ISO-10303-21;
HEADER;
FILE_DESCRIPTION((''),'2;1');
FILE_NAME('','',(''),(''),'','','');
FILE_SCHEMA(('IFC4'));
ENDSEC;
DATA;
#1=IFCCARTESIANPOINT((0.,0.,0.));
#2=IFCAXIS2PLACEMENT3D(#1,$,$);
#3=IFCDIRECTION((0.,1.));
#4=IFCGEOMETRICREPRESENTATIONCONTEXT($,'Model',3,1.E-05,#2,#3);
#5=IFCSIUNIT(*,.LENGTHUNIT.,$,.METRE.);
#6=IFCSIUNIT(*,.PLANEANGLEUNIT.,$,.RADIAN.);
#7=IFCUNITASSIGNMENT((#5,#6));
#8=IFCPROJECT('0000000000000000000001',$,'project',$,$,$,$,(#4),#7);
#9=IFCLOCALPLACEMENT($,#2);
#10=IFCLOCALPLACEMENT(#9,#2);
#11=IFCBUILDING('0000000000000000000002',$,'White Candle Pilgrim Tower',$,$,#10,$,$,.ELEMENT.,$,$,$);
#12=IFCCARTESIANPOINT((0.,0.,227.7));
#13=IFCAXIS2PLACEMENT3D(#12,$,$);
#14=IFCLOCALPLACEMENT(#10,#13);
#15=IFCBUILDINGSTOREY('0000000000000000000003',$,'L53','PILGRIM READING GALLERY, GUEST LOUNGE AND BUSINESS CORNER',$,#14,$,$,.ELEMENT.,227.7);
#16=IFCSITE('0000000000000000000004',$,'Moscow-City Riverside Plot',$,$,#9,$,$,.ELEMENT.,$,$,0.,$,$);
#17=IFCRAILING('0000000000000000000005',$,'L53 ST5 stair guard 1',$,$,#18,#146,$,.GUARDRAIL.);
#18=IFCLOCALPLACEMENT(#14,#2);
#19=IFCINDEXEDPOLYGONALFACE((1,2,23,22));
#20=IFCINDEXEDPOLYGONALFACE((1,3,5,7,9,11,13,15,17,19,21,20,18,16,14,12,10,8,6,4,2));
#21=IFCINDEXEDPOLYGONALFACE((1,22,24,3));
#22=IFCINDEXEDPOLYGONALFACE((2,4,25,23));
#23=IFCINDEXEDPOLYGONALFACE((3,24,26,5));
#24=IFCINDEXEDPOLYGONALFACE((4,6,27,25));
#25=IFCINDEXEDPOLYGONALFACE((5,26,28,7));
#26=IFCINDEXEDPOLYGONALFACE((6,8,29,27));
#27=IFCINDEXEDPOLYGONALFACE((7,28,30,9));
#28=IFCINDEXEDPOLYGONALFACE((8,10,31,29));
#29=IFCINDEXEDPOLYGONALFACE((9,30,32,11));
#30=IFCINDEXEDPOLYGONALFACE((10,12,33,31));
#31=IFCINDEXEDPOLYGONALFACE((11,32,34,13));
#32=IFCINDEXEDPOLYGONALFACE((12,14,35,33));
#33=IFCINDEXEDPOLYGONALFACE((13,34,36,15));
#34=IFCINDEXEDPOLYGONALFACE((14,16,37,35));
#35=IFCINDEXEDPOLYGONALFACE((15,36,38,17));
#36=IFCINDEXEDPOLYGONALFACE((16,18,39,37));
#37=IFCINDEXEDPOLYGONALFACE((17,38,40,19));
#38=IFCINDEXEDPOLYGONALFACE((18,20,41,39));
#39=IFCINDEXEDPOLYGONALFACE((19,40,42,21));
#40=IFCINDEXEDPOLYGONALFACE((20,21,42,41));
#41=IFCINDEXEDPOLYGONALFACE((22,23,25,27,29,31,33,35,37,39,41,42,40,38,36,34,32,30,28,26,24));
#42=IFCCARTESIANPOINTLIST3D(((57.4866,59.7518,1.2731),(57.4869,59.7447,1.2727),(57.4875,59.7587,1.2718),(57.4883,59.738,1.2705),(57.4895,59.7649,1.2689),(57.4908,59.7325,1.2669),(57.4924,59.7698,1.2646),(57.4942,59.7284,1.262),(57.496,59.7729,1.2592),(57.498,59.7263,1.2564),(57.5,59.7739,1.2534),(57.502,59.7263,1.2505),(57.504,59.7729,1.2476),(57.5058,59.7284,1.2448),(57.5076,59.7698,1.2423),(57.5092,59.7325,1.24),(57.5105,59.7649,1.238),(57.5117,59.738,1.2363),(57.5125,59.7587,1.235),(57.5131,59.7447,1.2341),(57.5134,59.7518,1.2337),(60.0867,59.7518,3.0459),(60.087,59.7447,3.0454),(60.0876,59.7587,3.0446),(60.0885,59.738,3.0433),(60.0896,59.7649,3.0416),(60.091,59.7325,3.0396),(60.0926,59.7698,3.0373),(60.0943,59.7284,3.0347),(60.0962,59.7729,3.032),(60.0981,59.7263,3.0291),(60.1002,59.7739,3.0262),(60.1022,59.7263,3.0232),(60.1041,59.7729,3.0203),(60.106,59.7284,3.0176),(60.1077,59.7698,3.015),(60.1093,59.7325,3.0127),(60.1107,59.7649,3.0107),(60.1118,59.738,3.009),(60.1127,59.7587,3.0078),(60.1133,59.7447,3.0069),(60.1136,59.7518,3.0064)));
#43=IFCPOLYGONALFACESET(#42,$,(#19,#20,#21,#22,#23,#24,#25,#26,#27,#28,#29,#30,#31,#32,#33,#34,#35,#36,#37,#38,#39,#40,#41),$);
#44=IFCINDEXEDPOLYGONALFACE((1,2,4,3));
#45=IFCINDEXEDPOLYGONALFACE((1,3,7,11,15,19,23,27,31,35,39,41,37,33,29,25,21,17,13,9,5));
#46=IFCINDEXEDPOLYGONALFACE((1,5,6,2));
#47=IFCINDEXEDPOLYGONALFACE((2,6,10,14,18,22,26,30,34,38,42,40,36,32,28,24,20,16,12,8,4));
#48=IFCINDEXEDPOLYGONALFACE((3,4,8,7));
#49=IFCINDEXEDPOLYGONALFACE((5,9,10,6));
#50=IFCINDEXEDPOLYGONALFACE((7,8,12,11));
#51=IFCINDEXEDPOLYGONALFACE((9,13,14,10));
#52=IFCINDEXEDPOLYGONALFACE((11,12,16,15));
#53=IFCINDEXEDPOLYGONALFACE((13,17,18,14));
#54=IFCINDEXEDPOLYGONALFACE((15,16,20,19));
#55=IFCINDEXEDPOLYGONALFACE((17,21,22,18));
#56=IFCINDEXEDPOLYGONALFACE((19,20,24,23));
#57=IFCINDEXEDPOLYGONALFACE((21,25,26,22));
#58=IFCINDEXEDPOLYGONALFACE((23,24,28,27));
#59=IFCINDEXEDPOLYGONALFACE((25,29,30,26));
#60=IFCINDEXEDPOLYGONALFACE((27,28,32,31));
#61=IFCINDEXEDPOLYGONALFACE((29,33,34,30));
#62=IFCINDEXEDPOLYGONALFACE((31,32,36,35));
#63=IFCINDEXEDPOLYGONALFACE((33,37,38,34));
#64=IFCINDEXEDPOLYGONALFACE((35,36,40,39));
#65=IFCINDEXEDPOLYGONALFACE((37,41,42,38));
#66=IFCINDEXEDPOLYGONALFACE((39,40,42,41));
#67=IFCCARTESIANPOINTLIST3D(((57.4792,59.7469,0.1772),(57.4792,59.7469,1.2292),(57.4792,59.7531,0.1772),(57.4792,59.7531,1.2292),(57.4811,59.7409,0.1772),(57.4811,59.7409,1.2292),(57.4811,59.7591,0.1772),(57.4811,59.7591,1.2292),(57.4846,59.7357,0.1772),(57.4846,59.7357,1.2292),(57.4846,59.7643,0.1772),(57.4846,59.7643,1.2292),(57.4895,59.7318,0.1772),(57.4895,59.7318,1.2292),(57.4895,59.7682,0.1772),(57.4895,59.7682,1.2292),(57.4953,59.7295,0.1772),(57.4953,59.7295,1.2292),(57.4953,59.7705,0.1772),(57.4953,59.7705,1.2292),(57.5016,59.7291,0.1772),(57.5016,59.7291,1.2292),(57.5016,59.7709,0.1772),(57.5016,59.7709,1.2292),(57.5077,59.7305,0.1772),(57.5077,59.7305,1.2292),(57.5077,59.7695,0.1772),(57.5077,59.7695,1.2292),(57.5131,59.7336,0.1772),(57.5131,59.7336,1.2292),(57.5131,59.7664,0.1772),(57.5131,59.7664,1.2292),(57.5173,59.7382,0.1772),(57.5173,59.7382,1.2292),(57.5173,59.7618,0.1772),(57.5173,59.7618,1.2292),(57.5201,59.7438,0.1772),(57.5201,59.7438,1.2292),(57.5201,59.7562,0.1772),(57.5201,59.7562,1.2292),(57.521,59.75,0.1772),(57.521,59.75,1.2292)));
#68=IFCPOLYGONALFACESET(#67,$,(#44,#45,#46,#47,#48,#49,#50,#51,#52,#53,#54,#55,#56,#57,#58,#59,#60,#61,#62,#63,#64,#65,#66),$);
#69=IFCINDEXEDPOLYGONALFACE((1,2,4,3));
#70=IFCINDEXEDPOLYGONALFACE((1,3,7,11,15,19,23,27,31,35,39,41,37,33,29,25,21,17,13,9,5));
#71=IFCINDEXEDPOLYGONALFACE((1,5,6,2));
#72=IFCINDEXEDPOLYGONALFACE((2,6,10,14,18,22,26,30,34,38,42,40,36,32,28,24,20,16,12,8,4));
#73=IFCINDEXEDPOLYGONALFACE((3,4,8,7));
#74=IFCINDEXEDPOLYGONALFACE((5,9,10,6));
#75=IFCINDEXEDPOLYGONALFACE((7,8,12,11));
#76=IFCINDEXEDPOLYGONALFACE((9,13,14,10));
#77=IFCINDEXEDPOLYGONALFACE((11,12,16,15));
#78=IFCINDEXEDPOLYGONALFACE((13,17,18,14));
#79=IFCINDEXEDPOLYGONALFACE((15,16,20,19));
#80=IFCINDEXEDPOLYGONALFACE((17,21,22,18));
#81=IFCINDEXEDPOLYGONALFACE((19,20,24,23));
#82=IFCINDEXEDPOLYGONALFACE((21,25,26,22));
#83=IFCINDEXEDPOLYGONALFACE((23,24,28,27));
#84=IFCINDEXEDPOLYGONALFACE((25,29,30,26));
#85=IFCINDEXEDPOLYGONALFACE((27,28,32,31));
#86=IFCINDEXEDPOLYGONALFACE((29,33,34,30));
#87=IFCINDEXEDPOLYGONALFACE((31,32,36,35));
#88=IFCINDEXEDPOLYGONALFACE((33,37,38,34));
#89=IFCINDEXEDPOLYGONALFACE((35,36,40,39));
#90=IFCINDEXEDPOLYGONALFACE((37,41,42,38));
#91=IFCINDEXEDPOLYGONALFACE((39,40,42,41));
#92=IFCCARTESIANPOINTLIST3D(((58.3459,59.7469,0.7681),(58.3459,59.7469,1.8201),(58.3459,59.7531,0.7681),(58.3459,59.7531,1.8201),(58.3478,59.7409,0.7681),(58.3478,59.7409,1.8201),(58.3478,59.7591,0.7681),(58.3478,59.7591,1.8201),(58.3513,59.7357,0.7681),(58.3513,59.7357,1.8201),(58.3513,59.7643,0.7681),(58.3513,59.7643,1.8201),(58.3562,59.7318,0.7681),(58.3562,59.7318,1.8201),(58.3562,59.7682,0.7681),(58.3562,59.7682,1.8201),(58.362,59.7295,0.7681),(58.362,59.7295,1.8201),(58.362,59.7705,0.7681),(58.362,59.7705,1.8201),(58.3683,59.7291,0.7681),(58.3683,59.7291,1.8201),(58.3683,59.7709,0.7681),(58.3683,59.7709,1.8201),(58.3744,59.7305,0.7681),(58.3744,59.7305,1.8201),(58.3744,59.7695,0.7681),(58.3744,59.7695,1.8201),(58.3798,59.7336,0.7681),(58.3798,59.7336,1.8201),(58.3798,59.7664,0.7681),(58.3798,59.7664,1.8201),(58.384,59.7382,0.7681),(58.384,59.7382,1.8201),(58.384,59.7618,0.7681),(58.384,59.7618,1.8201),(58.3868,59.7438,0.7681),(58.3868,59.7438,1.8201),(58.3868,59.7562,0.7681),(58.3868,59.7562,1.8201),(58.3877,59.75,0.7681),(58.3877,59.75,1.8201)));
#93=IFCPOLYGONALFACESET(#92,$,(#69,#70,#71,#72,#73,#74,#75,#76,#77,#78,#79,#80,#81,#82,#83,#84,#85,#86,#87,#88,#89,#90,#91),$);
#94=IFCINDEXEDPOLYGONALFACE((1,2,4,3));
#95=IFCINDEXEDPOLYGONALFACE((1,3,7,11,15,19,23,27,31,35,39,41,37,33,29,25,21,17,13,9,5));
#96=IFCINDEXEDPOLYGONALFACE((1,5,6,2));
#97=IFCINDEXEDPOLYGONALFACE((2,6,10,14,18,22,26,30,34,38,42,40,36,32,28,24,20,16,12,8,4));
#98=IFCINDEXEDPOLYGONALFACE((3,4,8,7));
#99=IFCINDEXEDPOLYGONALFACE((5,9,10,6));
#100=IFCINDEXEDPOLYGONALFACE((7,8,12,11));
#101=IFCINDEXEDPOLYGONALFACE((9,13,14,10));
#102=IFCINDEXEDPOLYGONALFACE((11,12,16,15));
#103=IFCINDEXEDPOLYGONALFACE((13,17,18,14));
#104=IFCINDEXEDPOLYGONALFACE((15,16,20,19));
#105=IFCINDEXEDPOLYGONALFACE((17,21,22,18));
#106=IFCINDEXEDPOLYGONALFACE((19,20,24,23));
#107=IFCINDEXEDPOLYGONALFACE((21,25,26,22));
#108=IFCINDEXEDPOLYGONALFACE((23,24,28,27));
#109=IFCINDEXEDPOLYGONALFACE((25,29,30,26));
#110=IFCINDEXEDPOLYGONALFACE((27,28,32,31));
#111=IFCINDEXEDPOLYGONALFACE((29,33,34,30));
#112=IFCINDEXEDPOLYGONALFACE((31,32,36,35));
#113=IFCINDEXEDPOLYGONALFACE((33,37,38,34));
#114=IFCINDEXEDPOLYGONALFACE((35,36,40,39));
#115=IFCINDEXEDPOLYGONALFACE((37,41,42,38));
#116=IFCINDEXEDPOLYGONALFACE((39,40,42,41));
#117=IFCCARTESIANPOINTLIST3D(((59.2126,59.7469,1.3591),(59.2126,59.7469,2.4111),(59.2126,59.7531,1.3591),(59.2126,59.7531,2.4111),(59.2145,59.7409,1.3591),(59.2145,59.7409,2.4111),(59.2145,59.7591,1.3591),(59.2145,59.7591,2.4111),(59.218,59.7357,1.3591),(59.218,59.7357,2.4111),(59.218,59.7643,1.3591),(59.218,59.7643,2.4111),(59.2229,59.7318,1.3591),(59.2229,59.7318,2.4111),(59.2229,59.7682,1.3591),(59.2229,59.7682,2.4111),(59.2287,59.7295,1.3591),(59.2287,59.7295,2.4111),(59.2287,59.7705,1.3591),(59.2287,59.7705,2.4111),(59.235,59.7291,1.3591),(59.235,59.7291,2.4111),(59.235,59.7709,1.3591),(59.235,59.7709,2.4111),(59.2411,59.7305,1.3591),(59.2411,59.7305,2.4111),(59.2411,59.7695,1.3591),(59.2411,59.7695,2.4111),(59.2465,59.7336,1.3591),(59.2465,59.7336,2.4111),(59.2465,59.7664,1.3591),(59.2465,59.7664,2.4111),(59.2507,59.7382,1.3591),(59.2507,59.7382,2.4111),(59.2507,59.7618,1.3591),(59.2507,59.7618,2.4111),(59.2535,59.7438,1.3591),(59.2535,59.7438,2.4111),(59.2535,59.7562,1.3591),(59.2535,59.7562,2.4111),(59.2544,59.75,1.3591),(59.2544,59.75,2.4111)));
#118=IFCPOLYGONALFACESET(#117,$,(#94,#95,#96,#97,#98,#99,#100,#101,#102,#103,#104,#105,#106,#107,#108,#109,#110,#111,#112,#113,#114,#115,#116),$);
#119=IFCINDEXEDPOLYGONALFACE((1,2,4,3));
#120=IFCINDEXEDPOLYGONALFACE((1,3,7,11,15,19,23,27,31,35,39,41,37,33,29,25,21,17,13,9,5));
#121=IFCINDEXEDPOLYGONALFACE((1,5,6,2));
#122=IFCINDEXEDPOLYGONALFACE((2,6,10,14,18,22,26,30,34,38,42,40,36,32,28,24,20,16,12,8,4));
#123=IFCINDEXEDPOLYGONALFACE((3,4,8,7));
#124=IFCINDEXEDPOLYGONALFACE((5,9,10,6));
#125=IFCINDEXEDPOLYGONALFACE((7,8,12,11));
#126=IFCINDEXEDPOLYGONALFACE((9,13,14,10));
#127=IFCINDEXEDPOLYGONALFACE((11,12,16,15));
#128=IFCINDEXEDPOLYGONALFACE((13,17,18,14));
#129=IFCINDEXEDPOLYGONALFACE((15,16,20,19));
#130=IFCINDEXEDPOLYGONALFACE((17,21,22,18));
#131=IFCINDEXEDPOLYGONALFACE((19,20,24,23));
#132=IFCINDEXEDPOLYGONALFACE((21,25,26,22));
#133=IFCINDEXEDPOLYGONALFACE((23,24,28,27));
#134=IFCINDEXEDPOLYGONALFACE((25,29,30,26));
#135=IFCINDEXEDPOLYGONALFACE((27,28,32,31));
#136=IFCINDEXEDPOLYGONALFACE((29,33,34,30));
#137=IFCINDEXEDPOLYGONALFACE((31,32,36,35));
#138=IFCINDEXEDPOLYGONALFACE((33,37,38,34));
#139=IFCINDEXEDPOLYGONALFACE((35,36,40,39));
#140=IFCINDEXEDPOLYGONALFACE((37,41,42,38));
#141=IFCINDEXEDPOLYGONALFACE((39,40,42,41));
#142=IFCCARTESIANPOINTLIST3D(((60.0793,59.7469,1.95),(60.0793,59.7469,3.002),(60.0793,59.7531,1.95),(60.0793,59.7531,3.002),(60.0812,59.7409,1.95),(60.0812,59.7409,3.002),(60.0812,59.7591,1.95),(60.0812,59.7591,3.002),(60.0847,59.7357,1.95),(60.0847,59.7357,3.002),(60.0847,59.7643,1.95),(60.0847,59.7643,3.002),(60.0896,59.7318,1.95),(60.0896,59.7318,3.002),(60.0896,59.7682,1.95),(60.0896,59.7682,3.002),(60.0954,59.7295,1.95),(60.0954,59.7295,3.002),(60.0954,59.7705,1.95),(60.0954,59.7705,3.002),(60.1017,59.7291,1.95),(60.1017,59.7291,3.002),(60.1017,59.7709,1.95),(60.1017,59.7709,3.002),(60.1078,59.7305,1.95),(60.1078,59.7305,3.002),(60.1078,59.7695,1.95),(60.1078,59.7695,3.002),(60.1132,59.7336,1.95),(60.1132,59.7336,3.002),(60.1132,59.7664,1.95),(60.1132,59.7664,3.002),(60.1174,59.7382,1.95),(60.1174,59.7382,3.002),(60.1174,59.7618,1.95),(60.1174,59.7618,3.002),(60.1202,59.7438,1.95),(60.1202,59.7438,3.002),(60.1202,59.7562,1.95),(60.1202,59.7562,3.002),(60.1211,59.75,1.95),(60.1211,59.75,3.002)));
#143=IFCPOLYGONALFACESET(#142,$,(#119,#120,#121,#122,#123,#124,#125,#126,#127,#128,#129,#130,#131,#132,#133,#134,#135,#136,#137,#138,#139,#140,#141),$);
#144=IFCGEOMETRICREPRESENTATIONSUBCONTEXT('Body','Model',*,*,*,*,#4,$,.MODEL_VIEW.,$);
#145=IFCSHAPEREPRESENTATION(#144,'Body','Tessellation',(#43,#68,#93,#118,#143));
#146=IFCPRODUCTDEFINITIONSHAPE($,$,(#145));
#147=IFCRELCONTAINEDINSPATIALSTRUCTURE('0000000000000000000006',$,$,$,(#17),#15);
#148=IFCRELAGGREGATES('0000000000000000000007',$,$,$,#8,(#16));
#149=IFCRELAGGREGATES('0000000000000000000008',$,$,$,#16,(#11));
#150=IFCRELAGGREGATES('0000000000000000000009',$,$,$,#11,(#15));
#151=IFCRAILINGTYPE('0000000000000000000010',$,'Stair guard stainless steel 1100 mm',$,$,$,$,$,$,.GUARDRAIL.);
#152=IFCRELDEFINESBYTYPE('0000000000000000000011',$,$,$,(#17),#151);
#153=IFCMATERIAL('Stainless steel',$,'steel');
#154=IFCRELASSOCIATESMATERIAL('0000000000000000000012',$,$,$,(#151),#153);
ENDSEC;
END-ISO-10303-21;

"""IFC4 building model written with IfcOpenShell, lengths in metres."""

from ifc_helpers import new_model, si_unit, direction, frame, origin, origin_2d, place, context, subcontext, project, spatial, circle, extrude, material, type_object, element, save


model = new_model("IFC4")

# Units and contexts
model_context = context("Model", 3, precision=1e-05, world=origin(), true_north=direction((0.0, 1.0)))
body_context = subcontext(model_context, "Body", "Model", "MODEL_VIEW")
ifc_project = project(units=[si_unit("LENGTHUNIT", "METRE"), si_unit("PLANEANGLEUNIT", "RADIAN")], contexts=[model_context])

# Site, building, storey
site_placement = place(None, origin())
site = spatial("IfcSite", under=ifc_project, at=site_placement, Name="Moscow-City Riverside Plot", CompositionType="ELEMENT", RefElevation=0.0)
building_placement = place(site_placement, origin())
building = spatial("IfcBuilding", under=site, at=building_placement, Name="White Candle Pilgrim Tower", CompositionType="ELEMENT")
storey_placement = place(building_placement, frame((0.0, 0.0, 227.7)))
storey = spatial("IfcBuildingStorey", under=building, at=storey_placement, Name="L53", Description="PILGRIM READING GALLERY, GUEST LOUNGE AND BUSINESS CORNER", CompositionType="ELEMENT", Elevation=227.7)

# Railing
ifc_material_1 = material(Name="Stainless steel", Category="steel")
railing_type_1 = type_object("IfcRailingType", Name="Stair guard stainless steel 1100 mm", PredefinedType="GUARDRAIL", material=ifc_material_1)
railing_1_placement = place(storey_placement, frame((57.5, 59.75, 0.1772)))
element("IfcRailing", 1, at=railing_1_placement, inside=storey, type_object=railing_type_1, Name="L53 ST5 stair guard 1", PredefinedType="GUARDRAIL", context=body_context, shape_type="SweptSolid", body=[
    extrude(circle(Radius=0.0239, at=origin_2d()), frame((0.0, 0.0, 1.0762), z_axis=(0.82624, 0.0, 0.563318), x_axis=(0.0, 1.0, 0.0)), (0.0, 0.0, 1.0), 3.147),
    extrude(circle(Radius=0.021, at=origin_2d()), origin(), (0.0, 0.0, 1.0), 1.052),
    extrude(circle(Radius=0.021, at=origin_2d()), frame((0.8667, 0.0, 0.5908)), (0.0, 0.0, 1.0), 1.052),
    extrude(circle(Radius=0.021, at=origin_2d()), frame((1.7334, 0.0, 1.1819)), (0.0, 0.0, 1.0), 1.052),
    extrude(circle(Radius=0.021, at=origin_2d()), frame((2.6001, 0.0, 1.7727)), (0.0, 0.0, 1.0), 1.052),
])

save(model, "model.ifc")
